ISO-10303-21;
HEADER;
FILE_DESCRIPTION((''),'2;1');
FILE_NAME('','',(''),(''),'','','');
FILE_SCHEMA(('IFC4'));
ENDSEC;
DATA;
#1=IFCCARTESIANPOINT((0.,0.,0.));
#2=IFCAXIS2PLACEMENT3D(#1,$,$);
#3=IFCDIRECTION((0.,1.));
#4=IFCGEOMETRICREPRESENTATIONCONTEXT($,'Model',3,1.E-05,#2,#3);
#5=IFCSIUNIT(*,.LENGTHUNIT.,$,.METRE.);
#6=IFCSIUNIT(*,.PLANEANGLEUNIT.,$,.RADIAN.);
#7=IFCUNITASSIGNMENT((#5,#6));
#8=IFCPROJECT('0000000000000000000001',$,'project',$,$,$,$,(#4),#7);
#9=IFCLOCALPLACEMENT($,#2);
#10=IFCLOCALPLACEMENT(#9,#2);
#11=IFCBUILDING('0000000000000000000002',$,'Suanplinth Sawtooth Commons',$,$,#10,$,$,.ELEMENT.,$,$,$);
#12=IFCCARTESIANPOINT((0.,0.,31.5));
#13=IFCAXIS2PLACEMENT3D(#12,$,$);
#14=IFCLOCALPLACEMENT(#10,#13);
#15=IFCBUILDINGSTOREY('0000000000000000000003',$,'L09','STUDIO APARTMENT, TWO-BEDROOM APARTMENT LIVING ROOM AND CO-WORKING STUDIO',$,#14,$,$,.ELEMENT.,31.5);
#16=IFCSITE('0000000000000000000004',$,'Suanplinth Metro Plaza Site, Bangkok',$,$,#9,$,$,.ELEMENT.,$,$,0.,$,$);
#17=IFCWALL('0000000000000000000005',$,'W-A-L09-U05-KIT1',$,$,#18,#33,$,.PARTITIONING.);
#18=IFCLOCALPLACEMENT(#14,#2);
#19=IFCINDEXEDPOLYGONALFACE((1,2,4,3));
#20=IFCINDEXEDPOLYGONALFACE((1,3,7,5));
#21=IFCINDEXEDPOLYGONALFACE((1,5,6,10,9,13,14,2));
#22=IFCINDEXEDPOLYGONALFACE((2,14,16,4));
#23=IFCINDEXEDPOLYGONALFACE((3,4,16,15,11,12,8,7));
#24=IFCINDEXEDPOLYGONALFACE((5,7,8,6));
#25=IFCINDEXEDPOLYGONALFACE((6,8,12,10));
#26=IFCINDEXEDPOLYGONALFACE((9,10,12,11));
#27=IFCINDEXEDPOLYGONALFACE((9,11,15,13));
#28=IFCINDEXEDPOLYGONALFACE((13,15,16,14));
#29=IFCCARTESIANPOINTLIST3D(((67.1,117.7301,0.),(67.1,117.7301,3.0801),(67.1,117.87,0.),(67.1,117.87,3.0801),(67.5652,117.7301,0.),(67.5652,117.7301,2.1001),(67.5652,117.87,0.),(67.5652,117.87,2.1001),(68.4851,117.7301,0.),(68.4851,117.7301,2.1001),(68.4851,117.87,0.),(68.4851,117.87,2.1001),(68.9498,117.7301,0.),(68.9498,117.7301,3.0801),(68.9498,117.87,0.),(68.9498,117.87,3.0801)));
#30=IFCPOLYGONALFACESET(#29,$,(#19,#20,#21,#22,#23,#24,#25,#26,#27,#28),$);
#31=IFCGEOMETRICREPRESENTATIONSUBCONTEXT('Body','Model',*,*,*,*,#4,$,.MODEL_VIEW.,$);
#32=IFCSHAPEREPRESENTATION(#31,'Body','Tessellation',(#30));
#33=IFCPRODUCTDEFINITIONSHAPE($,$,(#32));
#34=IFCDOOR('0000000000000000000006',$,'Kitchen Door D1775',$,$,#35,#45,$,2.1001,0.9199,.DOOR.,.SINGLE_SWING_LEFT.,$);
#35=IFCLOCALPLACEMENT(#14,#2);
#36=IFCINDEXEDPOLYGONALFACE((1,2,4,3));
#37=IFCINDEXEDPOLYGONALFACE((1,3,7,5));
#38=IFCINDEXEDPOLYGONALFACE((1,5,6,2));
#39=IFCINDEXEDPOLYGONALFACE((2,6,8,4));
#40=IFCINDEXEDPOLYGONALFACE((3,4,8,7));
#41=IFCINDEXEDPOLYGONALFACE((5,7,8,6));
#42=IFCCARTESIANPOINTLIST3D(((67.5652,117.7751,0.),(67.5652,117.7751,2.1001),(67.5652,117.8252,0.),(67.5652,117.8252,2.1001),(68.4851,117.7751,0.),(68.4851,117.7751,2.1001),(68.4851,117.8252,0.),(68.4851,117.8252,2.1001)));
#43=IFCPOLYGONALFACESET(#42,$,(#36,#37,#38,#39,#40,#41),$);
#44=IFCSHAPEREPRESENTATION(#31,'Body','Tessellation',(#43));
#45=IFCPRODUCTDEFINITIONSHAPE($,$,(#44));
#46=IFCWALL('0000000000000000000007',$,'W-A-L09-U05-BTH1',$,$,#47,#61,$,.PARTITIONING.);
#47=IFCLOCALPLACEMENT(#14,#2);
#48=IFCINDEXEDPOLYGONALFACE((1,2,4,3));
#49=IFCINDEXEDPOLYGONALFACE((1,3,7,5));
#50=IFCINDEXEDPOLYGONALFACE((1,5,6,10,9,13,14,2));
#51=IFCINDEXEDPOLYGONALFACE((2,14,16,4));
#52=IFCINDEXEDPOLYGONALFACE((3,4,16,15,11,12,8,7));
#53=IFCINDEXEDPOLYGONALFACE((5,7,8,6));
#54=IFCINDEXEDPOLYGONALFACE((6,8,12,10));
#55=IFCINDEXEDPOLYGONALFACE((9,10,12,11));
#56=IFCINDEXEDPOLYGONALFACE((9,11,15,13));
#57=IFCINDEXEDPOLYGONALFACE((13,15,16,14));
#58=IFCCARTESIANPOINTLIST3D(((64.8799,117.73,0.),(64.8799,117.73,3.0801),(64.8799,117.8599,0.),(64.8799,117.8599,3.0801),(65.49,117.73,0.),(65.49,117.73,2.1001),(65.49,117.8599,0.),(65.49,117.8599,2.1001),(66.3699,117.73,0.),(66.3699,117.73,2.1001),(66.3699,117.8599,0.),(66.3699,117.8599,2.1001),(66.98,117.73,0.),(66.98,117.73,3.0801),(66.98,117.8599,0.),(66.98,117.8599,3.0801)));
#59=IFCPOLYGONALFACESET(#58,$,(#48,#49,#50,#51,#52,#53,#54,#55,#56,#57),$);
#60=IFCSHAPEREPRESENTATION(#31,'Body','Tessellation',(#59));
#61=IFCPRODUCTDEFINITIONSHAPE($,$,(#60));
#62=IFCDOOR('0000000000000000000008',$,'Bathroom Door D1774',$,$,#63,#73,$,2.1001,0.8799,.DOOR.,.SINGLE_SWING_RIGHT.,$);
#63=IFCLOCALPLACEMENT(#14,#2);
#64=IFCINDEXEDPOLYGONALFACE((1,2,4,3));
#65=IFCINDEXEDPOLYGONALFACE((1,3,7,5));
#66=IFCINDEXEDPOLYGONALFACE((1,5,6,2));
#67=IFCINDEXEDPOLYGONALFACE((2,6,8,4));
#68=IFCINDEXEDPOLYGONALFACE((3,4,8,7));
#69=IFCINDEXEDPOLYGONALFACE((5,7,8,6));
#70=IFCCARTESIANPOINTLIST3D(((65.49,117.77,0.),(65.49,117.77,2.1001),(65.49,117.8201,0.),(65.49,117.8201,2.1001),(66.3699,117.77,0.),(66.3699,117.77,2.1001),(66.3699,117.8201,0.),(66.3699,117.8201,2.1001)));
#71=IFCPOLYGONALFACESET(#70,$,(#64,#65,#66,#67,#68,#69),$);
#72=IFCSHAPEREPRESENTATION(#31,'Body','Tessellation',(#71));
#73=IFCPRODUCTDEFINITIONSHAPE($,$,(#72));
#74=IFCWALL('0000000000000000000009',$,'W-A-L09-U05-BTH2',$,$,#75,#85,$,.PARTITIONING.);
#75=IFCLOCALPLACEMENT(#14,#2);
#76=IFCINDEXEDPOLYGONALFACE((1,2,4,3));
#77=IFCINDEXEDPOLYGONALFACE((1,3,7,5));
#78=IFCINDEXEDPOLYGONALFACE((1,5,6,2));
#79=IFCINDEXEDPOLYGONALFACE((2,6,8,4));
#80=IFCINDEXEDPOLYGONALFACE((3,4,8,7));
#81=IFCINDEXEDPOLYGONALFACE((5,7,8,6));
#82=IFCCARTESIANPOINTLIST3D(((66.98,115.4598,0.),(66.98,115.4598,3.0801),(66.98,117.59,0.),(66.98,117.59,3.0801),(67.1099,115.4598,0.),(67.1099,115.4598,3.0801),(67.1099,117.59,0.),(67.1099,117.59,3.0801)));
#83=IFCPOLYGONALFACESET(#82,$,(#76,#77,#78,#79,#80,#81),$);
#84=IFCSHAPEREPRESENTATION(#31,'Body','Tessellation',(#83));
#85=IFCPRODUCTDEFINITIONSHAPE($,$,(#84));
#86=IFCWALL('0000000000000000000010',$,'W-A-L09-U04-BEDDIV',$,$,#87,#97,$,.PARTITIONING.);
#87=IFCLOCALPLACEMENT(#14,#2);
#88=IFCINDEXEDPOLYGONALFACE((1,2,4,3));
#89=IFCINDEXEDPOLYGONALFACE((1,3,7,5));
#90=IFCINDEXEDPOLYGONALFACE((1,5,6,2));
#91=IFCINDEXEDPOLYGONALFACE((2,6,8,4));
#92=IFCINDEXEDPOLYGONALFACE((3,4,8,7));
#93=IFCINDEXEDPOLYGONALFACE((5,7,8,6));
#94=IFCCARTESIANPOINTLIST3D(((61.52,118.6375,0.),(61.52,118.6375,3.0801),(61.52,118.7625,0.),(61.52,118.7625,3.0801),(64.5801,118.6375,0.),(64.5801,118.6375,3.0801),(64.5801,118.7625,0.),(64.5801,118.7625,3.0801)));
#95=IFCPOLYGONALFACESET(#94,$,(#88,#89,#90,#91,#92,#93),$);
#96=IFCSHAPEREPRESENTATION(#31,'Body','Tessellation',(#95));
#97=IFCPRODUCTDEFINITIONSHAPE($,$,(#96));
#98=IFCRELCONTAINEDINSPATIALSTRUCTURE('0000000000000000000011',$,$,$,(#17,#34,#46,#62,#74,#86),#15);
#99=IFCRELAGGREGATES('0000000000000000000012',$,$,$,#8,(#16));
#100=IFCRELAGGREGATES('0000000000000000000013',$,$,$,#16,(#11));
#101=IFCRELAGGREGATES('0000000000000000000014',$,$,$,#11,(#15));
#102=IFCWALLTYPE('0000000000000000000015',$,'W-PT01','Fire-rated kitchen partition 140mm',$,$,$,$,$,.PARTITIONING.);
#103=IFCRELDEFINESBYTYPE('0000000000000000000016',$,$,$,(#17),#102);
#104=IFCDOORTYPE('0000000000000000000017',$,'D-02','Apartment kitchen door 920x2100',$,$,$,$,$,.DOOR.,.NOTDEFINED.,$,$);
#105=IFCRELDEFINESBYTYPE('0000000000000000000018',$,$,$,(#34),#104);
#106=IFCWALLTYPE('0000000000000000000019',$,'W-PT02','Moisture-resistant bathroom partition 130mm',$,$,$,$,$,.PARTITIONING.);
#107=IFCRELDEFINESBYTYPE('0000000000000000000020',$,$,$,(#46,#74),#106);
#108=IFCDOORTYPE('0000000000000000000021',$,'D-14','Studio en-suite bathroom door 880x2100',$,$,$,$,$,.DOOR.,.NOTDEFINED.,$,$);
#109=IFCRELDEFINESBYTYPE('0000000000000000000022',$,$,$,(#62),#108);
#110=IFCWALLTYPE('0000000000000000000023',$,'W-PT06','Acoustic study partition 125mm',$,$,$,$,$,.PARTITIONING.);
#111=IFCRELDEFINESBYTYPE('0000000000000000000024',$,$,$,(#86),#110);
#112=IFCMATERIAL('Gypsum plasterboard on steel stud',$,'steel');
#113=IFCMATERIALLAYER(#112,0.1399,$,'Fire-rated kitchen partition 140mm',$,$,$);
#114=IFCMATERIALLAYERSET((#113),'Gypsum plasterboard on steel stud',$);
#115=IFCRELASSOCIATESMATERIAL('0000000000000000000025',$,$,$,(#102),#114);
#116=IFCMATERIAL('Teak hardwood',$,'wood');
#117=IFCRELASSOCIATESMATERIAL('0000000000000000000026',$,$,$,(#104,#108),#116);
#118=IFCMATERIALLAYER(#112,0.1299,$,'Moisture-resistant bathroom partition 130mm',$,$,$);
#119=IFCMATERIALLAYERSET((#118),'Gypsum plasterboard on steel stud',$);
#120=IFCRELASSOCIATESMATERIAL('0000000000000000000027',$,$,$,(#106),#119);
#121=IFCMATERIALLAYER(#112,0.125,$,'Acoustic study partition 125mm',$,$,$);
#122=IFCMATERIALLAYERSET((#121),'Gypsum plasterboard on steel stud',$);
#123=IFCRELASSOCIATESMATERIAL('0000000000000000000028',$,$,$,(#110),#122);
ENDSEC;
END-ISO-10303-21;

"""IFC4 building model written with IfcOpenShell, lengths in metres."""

from ifc_helpers import new_model, si_unit, direction, frame, frame_2d, origin, place, context, subcontext, project, spatial, rectangle, extrude, material, layer, layer_set, type_object, element, fill, save


model = new_model("IFC4")

# Units and contexts
model_context = context("Model", 3, precision=1e-05, world=origin(), true_north=direction((0.0, 1.0)))
body_context = subcontext(model_context, "Body", "Model", "MODEL_VIEW")
ifc_project = project(units=[si_unit("LENGTHUNIT", "METRE"), si_unit("PLANEANGLEUNIT", "RADIAN")], contexts=[model_context])

# Site, building, storey
site_placement = place(None, origin())
site = spatial("IfcSite", under=ifc_project, at=site_placement, Name="Suanplinth Metro Plaza Site, Bangkok", CompositionType="ELEMENT", RefElevation=0.0)
building_placement = place(site_placement, origin())
building = spatial("IfcBuilding", under=site, at=building_placement, Name="Suanplinth Sawtooth Commons", CompositionType="ELEMENT")
storey_placement = place(building_placement, frame((0.0, 0.0, 31.5)))
storey = spatial("IfcBuildingStorey", under=building, at=storey_placement, Name="L09", Description="STUDIO APARTMENT, TWO-BEDROOM APARTMENT LIVING ROOM AND CO-WORKING STUDIO", CompositionType="ELEMENT", Elevation=31.5)

# Walls, openings, doors
ifc_material_1 = material(Name="Gypsum plasterboard on steel stud", Category="steel")
ifc_layer_1 = layer(ifc_material_1, 0.1399, Name="Fire-rated kitchen partition 140mm")
ifc_layer_set_1 = layer_set([ifc_layer_1], Name="Gypsum plasterboard on steel stud")
wall_type_1 = type_object("IfcWallType", Name="W-PT01", Description="Fire-rated kitchen partition 140mm", PredefinedType="PARTITIONING", material=ifc_layer_set_1)
wall_1_placement = place(storey_placement, frame((67.1001, 117.8, 0.0), z_axis=(0.0, 0.0, 1.0), x_axis=(1.0, 0.0, 0.0)))
wall_1 = element("IfcWall", 1, at=wall_1_placement, inside=storey, type_object=wall_type_1, Name="W-A-L09-U05-KIT1", PredefinedType="PARTITIONING", context=body_context, shape_type="SweptSolid", body=[
    extrude(rectangle(XDim=1.8499, YDim=0.1399, at=frame_2d((0.9248, 0.0))), origin(), (0.0, 0.0, 1.0), 3.0801),
])
opening_1_placement = place(wall_1_placement, frame((0.4651, 0.0, 0.0)))
opening_1 = element("IfcOpeningElement", 2, at=opening_1_placement, cuts=wall_1, PredefinedType="OPENING", context=body_context, shape_type="SweptSolid", body=[
    extrude(rectangle(XDim=0.9199, YDim=2.1001, at=frame_2d((0.46, 1.05))), frame((0.0, 0.085, 0.0), z_axis=(0.0, -1.0, 0.0), x_axis=(1.0, 0.0, 0.0)), (0.0, 0.0, 1.0), 0.1697),
])
ifc_material_2 = material(Name="Teak hardwood", Category="wood")
door_type_1 = type_object("IfcDoorType", Name="D-02", Description="Apartment kitchen door 920x2100", OperationType="NOTDEFINED", PredefinedType="DOOR", material=ifc_material_2)
door_1_placement = place(opening_1_placement, frame((0.9199, 0.0, 0.0), z_axis=(0.0, 0.0, 1.0), x_axis=(-1.0, 0.0, 0.0)))
door_1 = element("IfcDoor", 3, at=door_1_placement, inside=storey, type_object=door_type_1, Name="Kitchen Door D1775", OperationType="SINGLE_SWING_LEFT", OverallHeight=2.1001, OverallWidth=0.9199, PredefinedType="DOOR", context=body_context, shape_type="SweptSolid", body=[
    extrude(rectangle(XDim=0.9199, YDim=2.1001, at=frame_2d((0.46, 1.05))), frame((0.0, 0.0249, 0.0), z_axis=(0.0, -1.0, 0.0), x_axis=(1.0, 0.0, 0.0)), (0.0, 0.0, 1.0), 0.05),
])
fill(opening_1, door_1)
ifc_layer_2 = layer(ifc_material_1, 0.1299, Name="Moisture-resistant bathroom partition 130mm")
ifc_layer_set_2 = layer_set([ifc_layer_2], Name="Gypsum plasterboard on steel stud")
wall_type_2 = type_object("IfcWallType", Name="W-PT02", Description="Moisture-resistant bathroom partition 130mm", PredefinedType="PARTITIONING", material=ifc_layer_set_2)
wall_2_placement = place(storey_placement, frame((64.8799, 117.7949, 0.0), z_axis=(0.0, 0.0, 1.0), x_axis=(1.0, 0.0, 0.0)))
wall_2 = element("IfcWall", 4, at=wall_2_placement, inside=storey, type_object=wall_type_2, Name="W-A-L09-U05-BTH1", PredefinedType="PARTITIONING", context=body_context, shape_type="SweptSolid", body=[
    extrude(rectangle(XDim=2.1001, YDim=0.1299, at=frame_2d((1.05, 0.0))), origin(), (0.0, 0.0, 1.0), 3.0801),
])
opening_2_placement = place(wall_2_placement, frame((0.6101, 0.0, 0.0)))
opening_2 = element("IfcOpeningElement", 5, at=opening_2_placement, cuts=wall_2, PredefinedType="OPENING", context=body_context, shape_type="SweptSolid", body=[
    extrude(rectangle(XDim=0.8799, YDim=2.1001, at=frame_2d((0.4399, 1.05))), frame((0.0, 0.0798, 0.0), z_axis=(0.0, -1.0, 0.0), x_axis=(1.0, 0.0, 0.0)), (0.0, 0.0, 1.0), 0.1597),
])
door_type_2 = type_object("IfcDoorType", Name="D-14", Description="Studio en-suite bathroom door 880x2100", OperationType="NOTDEFINED", PredefinedType="DOOR", material=ifc_material_2)
door_2_placement = place(opening_2_placement, frame((0.8799, 0.0, 0.0), z_axis=(0.0, 0.0, 1.0), x_axis=(-1.0, 0.0, 0.0)))
door_2 = element("IfcDoor", 6, at=door_2_placement, inside=storey, type_object=door_type_2, Name="Bathroom Door D1774", OperationType="SINGLE_SWING_RIGHT", OverallHeight=2.1001, OverallWidth=0.8799, PredefinedType="DOOR", context=body_context, shape_type="SweptSolid", body=[
    extrude(rectangle(XDim=0.8799, YDim=2.1001, at=frame_2d((0.4399, 1.05))), frame((0.0, 0.0249, 0.0), z_axis=(0.0, -1.0, 0.0), x_axis=(1.0, 0.0, 0.0)), (0.0, 0.0, 1.0), 0.05),
])
fill(opening_2, door_2)

# Wall
wall_3_placement = place(storey_placement, frame((67.0449, 115.46, 0.0), z_axis=(0.0, 0.0, 1.0), x_axis=(0.0, 1.0, 0.0)))
element("IfcWall", 7, at=wall_3_placement, inside=storey, type_object=wall_type_2, Name="W-A-L09-U05-BTH2", PredefinedType="PARTITIONING", context=body_context, shape_type="SweptSolid", body=[
    extrude(rectangle(XDim=2.1301, YDim=0.1299, at=frame_2d((1.0649, 0.0))), origin(), (0.0, 0.0, 1.0), 3.0801),
])

# Wall
ifc_layer_3 = layer(ifc_material_1, 0.125, Name="Acoustic study partition 125mm")
ifc_layer_set_3 = layer_set([ifc_layer_3], Name="Gypsum plasterboard on steel stud")
wall_type_3 = type_object("IfcWallType", Name="W-PT06", Description="Acoustic study partition 125mm", PredefinedType="PARTITIONING", material=ifc_layer_set_3)
wall_4_placement = place(storey_placement, frame((61.52, 118.7, 0.0), z_axis=(0.0, 0.0, 1.0), x_axis=(1.0, 0.0, 0.0)))
element("IfcWall", 8, at=wall_4_placement, inside=storey, type_object=wall_type_3, Name="W-A-L09-U04-BEDDIV", PredefinedType="PARTITIONING", context=body_context, shape_type="SweptSolid", body=[
    extrude(rectangle(XDim=3.0601, YDim=0.125, at=frame_2d((1.53, 0.0))), origin(), (0.0, 0.0, 1.0), 3.0801),
])

save(model, "model.ifc")
